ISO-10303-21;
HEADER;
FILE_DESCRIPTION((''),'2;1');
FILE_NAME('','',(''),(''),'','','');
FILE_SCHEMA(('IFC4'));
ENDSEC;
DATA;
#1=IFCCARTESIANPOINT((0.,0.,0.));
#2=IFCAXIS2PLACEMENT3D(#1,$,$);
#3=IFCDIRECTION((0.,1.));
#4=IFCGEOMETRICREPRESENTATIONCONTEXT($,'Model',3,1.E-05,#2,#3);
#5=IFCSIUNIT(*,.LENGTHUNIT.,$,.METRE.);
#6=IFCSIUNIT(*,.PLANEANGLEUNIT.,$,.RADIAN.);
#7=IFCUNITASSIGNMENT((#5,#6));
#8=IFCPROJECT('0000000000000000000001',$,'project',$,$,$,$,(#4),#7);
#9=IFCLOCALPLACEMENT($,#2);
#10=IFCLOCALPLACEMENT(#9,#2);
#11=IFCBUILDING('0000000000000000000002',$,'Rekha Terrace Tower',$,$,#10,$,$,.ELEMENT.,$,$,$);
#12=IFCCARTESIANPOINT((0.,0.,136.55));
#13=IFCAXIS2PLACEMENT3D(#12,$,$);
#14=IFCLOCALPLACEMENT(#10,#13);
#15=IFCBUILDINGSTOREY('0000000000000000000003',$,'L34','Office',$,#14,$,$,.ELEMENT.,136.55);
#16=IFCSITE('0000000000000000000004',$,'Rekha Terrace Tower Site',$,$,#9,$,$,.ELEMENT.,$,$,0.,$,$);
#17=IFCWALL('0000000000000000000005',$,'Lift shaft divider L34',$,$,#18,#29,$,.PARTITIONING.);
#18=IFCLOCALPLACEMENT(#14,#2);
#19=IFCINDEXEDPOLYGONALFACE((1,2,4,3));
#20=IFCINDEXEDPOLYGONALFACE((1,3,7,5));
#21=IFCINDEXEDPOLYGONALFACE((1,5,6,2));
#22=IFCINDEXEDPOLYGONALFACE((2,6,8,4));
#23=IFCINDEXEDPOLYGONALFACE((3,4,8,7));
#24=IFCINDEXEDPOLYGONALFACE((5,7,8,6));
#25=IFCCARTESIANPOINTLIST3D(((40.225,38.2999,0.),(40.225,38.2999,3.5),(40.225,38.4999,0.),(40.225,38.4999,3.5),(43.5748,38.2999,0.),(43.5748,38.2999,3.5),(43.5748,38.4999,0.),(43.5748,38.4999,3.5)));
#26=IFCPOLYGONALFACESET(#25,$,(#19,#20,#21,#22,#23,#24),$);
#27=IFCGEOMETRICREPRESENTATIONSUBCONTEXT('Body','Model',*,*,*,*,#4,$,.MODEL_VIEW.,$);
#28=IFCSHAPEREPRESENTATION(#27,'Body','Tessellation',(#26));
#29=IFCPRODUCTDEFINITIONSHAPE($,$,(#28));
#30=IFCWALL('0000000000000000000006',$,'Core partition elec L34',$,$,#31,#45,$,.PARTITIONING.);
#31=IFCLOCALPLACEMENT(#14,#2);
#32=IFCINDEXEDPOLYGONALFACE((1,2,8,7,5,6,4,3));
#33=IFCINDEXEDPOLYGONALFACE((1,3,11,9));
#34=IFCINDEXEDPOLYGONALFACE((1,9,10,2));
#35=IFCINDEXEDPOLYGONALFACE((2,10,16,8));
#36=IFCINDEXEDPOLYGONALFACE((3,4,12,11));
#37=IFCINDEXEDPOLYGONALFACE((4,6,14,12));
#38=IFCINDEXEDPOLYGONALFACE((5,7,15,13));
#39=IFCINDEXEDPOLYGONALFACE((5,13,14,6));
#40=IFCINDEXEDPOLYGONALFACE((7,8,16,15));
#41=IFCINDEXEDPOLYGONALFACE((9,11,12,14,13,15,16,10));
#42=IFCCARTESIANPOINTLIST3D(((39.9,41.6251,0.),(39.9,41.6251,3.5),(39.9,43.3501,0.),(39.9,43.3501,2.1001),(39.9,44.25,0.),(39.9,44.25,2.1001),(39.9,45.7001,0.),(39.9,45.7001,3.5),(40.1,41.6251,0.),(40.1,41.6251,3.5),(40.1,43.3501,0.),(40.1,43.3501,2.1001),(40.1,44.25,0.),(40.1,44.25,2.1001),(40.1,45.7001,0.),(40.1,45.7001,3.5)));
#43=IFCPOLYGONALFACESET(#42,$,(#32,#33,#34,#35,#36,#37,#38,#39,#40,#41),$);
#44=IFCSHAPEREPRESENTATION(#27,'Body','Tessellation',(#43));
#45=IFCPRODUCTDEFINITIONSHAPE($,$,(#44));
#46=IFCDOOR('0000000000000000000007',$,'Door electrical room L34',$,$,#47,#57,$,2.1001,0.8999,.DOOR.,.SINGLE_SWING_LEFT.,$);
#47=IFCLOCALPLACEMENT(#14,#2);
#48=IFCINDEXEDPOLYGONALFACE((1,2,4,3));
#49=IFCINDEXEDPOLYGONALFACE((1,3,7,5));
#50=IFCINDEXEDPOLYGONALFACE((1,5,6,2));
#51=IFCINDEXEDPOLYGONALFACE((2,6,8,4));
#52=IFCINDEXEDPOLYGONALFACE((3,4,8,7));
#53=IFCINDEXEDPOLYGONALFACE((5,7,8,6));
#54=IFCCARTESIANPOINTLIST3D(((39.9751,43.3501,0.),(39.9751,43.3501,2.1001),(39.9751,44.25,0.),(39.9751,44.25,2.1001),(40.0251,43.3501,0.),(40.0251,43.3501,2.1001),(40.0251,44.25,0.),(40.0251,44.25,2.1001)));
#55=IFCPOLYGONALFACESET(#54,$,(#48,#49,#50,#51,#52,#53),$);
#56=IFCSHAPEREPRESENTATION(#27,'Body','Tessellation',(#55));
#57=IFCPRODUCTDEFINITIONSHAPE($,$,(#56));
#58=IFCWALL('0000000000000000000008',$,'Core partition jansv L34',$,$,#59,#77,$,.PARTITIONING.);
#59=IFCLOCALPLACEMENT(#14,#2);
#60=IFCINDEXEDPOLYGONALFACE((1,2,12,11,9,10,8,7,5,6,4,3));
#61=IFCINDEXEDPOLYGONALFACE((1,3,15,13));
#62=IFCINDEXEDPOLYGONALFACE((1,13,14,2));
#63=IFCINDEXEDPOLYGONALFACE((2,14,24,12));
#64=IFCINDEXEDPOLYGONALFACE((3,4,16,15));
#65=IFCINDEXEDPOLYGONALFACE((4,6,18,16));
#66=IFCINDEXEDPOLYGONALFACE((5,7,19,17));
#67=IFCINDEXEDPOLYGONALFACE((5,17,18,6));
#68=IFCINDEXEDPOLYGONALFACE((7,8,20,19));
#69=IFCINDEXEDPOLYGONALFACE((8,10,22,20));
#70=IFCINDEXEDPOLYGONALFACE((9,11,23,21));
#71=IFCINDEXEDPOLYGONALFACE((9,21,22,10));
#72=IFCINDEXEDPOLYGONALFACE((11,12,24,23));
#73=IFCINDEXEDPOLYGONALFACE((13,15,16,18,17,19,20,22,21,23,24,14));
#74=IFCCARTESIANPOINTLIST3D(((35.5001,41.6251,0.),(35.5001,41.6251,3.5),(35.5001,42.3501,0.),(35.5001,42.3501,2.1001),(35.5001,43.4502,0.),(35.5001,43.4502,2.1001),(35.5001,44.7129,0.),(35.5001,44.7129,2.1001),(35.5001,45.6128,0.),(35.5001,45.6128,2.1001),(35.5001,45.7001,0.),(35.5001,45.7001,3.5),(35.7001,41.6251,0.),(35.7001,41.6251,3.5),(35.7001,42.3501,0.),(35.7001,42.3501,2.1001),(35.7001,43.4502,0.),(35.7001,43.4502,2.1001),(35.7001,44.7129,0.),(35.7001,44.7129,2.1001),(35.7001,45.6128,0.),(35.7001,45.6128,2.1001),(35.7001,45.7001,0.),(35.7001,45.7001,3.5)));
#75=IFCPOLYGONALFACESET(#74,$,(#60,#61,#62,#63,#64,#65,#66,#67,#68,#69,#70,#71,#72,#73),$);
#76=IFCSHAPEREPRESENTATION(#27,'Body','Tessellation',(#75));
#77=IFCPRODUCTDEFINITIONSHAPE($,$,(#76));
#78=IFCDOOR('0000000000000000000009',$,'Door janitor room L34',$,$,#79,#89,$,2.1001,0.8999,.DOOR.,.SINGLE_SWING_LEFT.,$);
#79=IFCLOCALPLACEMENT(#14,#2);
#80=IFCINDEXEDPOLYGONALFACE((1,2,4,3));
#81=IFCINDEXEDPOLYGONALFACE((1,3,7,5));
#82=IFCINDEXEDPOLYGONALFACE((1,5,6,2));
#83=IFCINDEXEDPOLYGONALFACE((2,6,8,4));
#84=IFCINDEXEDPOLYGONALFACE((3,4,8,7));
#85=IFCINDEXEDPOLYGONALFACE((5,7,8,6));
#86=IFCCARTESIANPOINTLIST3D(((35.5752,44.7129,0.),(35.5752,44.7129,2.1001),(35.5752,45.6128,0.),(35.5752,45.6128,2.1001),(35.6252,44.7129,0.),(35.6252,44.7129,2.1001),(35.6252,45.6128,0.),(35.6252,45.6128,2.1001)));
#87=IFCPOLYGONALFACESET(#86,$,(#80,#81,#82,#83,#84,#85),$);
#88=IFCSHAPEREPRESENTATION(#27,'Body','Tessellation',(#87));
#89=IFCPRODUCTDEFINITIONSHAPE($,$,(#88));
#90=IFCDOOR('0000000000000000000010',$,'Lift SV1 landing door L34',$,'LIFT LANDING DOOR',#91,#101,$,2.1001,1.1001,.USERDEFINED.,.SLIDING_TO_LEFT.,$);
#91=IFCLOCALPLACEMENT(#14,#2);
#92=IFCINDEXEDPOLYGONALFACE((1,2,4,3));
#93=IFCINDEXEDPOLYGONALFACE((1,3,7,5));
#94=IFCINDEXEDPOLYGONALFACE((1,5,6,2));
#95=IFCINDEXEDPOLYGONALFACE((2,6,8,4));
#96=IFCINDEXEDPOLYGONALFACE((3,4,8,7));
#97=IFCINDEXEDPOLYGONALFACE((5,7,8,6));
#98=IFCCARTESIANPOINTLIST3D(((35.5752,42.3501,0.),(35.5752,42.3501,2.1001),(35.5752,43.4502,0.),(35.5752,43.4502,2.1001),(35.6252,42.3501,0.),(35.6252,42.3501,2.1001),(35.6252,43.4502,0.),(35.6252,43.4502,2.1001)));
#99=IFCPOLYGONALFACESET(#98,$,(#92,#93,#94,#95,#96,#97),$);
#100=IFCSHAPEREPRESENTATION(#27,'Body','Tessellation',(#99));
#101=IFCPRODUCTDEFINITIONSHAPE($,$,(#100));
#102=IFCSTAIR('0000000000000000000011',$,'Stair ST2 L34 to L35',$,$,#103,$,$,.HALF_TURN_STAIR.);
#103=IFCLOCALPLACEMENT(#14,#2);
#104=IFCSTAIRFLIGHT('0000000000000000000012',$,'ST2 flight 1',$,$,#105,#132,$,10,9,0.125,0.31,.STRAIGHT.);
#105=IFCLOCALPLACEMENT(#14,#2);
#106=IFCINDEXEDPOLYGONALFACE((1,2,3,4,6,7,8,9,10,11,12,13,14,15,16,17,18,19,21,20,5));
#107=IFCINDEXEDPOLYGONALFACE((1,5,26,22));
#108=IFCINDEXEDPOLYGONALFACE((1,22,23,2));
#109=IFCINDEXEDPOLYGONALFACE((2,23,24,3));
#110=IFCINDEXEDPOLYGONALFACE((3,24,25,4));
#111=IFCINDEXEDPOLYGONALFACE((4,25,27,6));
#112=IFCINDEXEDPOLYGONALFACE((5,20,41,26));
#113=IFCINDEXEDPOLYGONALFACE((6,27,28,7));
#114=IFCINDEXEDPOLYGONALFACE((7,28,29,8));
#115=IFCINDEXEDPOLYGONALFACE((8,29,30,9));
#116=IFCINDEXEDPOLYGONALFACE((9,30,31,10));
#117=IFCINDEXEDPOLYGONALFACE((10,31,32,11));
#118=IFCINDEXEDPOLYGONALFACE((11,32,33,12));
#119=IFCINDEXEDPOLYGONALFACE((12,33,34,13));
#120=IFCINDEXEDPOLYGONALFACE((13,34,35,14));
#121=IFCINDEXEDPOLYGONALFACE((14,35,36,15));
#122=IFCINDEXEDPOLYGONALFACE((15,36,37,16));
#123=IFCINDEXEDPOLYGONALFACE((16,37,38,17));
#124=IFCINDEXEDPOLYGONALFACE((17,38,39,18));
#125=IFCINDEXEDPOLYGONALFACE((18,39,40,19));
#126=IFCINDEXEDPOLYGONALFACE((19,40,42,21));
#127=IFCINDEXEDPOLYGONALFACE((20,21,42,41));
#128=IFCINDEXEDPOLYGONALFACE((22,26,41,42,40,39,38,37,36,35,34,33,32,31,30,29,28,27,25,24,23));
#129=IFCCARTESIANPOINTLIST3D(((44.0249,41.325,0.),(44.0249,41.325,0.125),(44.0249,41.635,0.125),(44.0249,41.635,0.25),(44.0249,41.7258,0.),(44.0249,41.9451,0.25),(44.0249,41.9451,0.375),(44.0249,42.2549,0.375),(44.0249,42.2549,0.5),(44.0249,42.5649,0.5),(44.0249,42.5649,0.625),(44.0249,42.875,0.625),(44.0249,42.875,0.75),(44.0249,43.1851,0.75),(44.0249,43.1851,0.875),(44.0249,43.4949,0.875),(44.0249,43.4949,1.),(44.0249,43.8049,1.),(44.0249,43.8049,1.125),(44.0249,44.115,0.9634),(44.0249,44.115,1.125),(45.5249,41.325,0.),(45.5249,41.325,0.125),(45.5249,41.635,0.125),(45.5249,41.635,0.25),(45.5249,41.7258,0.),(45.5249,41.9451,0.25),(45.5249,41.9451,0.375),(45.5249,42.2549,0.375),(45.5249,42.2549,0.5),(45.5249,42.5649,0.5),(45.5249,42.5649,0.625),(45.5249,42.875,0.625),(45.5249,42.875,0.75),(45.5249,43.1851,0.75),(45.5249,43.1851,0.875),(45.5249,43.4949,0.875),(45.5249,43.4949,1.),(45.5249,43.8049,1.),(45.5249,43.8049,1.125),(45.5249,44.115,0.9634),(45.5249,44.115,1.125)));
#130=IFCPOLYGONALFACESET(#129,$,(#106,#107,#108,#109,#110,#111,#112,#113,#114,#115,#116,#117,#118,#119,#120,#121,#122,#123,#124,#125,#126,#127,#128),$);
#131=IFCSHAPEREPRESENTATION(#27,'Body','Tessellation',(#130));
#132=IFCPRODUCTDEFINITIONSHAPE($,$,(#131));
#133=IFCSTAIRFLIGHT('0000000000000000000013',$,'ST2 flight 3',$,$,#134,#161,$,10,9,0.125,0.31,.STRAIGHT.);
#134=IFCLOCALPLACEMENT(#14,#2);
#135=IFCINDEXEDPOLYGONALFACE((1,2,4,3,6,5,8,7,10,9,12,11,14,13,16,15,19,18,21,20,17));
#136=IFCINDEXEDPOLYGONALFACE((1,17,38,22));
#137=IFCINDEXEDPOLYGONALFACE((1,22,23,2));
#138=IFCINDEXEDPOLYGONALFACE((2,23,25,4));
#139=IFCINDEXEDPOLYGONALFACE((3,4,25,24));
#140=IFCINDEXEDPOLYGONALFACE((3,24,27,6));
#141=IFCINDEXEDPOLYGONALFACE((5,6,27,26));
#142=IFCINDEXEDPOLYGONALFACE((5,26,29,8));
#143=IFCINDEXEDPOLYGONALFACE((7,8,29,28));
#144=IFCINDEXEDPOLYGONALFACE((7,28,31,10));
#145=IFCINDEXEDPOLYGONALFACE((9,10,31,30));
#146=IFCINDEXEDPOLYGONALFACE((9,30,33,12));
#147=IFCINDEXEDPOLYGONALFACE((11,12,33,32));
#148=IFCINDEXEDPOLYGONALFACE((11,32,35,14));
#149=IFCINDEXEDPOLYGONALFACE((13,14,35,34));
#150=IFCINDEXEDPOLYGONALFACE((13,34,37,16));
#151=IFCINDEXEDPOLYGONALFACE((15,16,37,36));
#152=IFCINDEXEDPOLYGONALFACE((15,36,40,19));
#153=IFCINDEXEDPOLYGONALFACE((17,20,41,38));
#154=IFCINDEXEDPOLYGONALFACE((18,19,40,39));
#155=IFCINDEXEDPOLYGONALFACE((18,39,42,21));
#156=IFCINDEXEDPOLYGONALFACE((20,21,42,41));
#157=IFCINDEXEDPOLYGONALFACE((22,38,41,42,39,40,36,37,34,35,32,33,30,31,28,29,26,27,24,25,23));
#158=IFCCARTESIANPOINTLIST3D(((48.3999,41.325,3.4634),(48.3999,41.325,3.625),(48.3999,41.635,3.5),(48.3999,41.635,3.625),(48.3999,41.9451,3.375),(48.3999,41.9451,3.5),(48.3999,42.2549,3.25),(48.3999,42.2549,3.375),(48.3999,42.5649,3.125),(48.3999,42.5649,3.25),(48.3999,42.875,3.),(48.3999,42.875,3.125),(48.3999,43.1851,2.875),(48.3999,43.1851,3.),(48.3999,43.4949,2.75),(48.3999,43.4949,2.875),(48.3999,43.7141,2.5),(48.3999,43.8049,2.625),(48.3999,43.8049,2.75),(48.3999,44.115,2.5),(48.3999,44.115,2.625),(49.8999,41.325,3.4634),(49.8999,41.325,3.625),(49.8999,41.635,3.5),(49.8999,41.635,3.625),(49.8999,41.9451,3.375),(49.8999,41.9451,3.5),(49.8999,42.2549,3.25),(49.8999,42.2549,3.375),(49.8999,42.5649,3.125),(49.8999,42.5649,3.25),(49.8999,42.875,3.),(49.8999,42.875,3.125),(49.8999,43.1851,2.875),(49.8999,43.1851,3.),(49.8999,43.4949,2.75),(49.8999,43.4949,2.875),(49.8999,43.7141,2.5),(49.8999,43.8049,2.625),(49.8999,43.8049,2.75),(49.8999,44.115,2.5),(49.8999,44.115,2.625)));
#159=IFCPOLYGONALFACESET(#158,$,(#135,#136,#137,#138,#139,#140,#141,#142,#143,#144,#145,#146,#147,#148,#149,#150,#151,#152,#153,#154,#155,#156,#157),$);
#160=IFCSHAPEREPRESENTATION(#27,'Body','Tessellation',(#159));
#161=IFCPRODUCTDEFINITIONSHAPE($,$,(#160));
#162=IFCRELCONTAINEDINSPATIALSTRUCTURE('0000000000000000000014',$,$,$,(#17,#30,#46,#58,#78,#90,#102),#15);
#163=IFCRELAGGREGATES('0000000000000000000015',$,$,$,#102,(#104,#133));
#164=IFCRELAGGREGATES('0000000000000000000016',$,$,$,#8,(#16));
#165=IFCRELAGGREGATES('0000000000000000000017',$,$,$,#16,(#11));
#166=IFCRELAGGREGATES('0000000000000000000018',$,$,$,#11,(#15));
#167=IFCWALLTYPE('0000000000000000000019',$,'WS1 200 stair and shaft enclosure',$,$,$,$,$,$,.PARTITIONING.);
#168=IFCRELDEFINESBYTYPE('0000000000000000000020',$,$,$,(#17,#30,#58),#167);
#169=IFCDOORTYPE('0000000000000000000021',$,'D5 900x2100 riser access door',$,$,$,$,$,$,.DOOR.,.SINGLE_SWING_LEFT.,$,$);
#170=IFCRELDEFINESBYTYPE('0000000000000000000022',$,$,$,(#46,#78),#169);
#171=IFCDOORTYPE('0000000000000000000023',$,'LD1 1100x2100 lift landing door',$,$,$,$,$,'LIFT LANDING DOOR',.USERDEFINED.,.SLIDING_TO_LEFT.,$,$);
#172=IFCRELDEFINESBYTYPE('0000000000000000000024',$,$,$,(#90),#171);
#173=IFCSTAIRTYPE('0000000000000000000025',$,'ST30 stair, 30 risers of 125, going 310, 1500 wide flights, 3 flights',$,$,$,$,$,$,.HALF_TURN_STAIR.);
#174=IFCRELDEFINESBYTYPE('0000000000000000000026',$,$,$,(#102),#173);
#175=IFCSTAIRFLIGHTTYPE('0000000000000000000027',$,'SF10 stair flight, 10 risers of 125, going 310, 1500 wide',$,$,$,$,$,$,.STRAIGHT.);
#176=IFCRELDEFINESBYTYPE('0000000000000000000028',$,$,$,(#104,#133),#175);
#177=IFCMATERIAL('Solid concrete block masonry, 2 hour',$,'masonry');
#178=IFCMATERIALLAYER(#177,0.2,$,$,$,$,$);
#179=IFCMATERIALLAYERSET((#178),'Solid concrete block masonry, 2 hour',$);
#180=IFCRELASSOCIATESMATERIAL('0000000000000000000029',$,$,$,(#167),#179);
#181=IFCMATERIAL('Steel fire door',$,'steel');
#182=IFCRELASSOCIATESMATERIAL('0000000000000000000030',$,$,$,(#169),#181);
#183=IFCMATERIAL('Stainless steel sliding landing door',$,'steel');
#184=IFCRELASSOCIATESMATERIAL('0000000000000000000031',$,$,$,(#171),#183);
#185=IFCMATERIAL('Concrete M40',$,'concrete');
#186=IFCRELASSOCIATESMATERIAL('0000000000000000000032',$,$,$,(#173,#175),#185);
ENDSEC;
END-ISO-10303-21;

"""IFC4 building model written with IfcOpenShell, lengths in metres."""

from ifc_helpers import new_model, si_unit, direction, frame, frame_2d, origin, place, context, subcontext, project, spatial, polyline, rectangle, outline, extrude, material, layer, layer_set, type_object, element, fill, aggregate, save


model = new_model("IFC4")

# Units and contexts
model_context = context("Model", 3, precision=1e-05, world=origin(), true_north=direction((0.0, 1.0)))
body_context = subcontext(model_context, "Body", "Model", "MODEL_VIEW")
ifc_project = project(units=[si_unit("LENGTHUNIT", "METRE"), si_unit("PLANEANGLEUNIT", "RADIAN")], contexts=[model_context])

# Site, building, storey
site_placement = place(None, origin())
site = spatial("IfcSite", under=ifc_project, at=site_placement, Name="Rekha Terrace Tower Site", CompositionType="ELEMENT", RefElevation=0.0)
building_placement = place(site_placement, origin())
building = spatial("IfcBuilding", under=site, at=building_placement, Name="Rekha Terrace Tower", CompositionType="ELEMENT")
storey_placement = place(building_placement, frame((0.0, 0.0, 136.55)))
storey = spatial("IfcBuildingStorey", under=building, at=storey_placement, Name="L34", Description="Office", CompositionType="ELEMENT", Elevation=136.55)

# Shared definitions
ifc_material_1 = material(Name="Stainless steel sliding landing door", Category="steel")
ifc_material_2 = material(Name="Steel fire door", Category="steel")

# Wall
ifc_material_3 = material(Name="Solid concrete block masonry, 2 hour", Category="masonry")
ifc_layer_1 = layer(ifc_material_3, 0.2)
ifc_layer_set_1 = layer_set([ifc_layer_1], Name="Solid concrete block masonry, 2 hour")
wall_type_1 = type_object("IfcWallType", Name="WS1 200 stair and shaft enclosure", PredefinedType="PARTITIONING", material=ifc_layer_set_1)
for number, where, z_axis, x_axis, name in (
    (1, (40.2251, 38.3999, 0.0), (0.0, 0.0, 1.0), (1.0, 0.0, 0.0), "Lift shaft divider L34"),
):
    element("IfcWall", number, at=place(storey_placement, frame(where, z_axis=z_axis, x_axis=x_axis)), inside=storey, type_object=wall_type_1, Name=name, PredefinedType="PARTITIONING", context=body_context, shape_type="SweptSolid", body=[
        extrude(rectangle(XDim=3.3499, YDim=0.2, at=frame_2d((1.6748, 0.0))), origin(), (0.0, 0.0, 1.0), 3.5),
    ])

# Wall, opening, door
wall_1_placement = place(storey_placement, frame((40.0, 41.625, 0.0), z_axis=(0.0, 0.0, 1.0), x_axis=(0.0, 1.0, 0.0)))
wall_1 = element("IfcWall", 2, at=wall_1_placement, inside=storey, type_object=wall_type_1, Name="Core partition elec L34", PredefinedType="PARTITIONING", context=body_context, shape_type="SweptSolid", body=[
    extrude(rectangle(XDim=4.075, YDim=0.2, at=frame_2d((2.0376, 0.0))), origin(), (0.0, 0.0, 1.0), 3.5),
])
opening_1_placement = place(wall_1_placement, frame((1.7251, 0.0, 0.0)))
opening_1 = element("IfcOpeningElement", 3, at=opening_1_placement, cuts=wall_1, PredefinedType="OPENING", context=body_context, shape_type="SweptSolid", body=[
    extrude(rectangle(XDim=0.8999, YDim=2.1001, at=frame_2d((0.45, 1.05))), frame((0.0, 0.1099, 0.0), z_axis=(0.0, -1.0, 0.0), x_axis=(1.0, 0.0, 0.0)), (0.0, 0.0, 1.0), 0.22),
])
door_type_1 = type_object("IfcDoorType", Name="D5 900x2100 riser access door", OperationType="SINGLE_SWING_LEFT", PredefinedType="DOOR", material=ifc_material_2)
door_1_placement = place(opening_1_placement, origin())
door_1 = element("IfcDoor", 4, at=door_1_placement, inside=storey, type_object=door_type_1, Name="Door electrical room L34", OperationType="SINGLE_SWING_LEFT", OverallHeight=2.1001, OverallWidth=0.8999, PredefinedType="DOOR", context=body_context, shape_type="SweptSolid", body=[
    extrude(rectangle(XDim=0.8999, YDim=2.1001, at=frame_2d((0.45, 1.05))), frame((0.0, 0.0249, 0.0), z_axis=(0.0, -1.0, 0.0), x_axis=(1.0, 0.0, 0.0)), (0.0, 0.0, 1.0), 0.05),
])
fill(opening_1, door_1)

# Wall, openings, doors
wall_2_placement = place(storey_placement, frame((35.6001, 41.625, 0.0), z_axis=(0.0, 0.0, 1.0), x_axis=(0.0, 1.0, 0.0)))
wall_2 = element("IfcWall", 5, at=wall_2_placement, inside=storey, type_object=wall_type_1, Name="Core partition jansv L34", PredefinedType="PARTITIONING", context=body_context, shape_type="SweptSolid", body=[
    extrude(rectangle(XDim=4.075, YDim=0.2, at=frame_2d((2.0376, 0.0))), origin(), (0.0, 0.0, 1.0), 3.5),
])
opening_2_placement = place(wall_2_placement, frame((3.0879, 0.0, 0.0)))
opening_2 = element("IfcOpeningElement", 6, at=opening_2_placement, cuts=wall_2, PredefinedType="OPENING", context=body_context, shape_type="SweptSolid", body=[
    extrude(rectangle(XDim=0.8999, YDim=2.1001, at=frame_2d((0.45, 1.05))), frame((0.0, 0.1099, 0.0), z_axis=(0.0, -1.0, 0.0), x_axis=(1.0, 0.0, 0.0)), (0.0, 0.0, 1.0), 0.22),
])
opening_3_placement = place(wall_2_placement, frame((0.7251, 0.0, 0.0)))
opening_3 = element("IfcOpeningElement", 7, at=opening_3_placement, cuts=wall_2, PredefinedType="OPENING", context=body_context, shape_type="SweptSolid", body=[
    extrude(rectangle(XDim=1.1001, YDim=2.1001, at=frame_2d((0.55, 1.05))), frame((0.0, 0.1099, 0.0), z_axis=(0.0, -1.0, 0.0), x_axis=(1.0, 0.0, 0.0)), (0.0, 0.0, 1.0), 0.22),
])
door_2_placement = place(opening_2_placement, origin())
door_2 = element("IfcDoor", 8, at=door_2_placement, inside=storey, type_object=door_type_1, Name="Door janitor room L34", OperationType="SINGLE_SWING_LEFT", OverallHeight=2.1001, OverallWidth=0.8999, PredefinedType="DOOR", context=body_context, shape_type="SweptSolid", body=[
    extrude(rectangle(XDim=0.8999, YDim=2.1001, at=frame_2d((0.45, 1.05))), frame((0.0, 0.0249, 0.0), z_axis=(0.0, -1.0, 0.0), x_axis=(1.0, 0.0, 0.0)), (0.0, 0.0, 1.0), 0.05),
])
fill(opening_2, door_2)
door_type_2 = type_object("IfcDoorType", Name="LD1 1100x2100 lift landing door", ElementType="LIFT LANDING DOOR", OperationType="SLIDING_TO_LEFT", PredefinedType="USERDEFINED", material=ifc_material_1)
door_3_placement = place(opening_3_placement, origin())
door_3 = element("IfcDoor", 9, at=door_3_placement, inside=storey, type_object=door_type_2, Name="Lift SV1 landing door L34", ObjectType="LIFT LANDING DOOR", OperationType="SLIDING_TO_LEFT", OverallHeight=2.1001, OverallWidth=1.1001, PredefinedType="USERDEFINED", context=body_context, shape_type="SweptSolid", body=[
    extrude(rectangle(XDim=1.1001, YDim=2.1001, at=frame_2d((0.55, 1.05))), frame((0.0, 0.0249, 0.0), z_axis=(0.0, -1.0, 0.0), x_axis=(1.0, 0.0, 0.0)), (0.0, 0.0, 1.0), 0.05),
])
fill(opening_3, door_3)

# Stair, stair flights
ifc_material_4 = material(Name="Concrete M40", Category="concrete")
stair_type = type_object("IfcStairType", Name="ST30 stair, 30 risers of 125, going 310, 1500 wide flights, 3 flights", PredefinedType="HALF_TURN_STAIR", material=ifc_material_4)
stair_1_placement = place(storey_placement, origin())
stair_1 = element("IfcStair", 10, at=stair_1_placement, inside=storey, type_object=stair_type, Name="Stair ST2 L34 to L35", PredefinedType="HALF_TURN_STAIR")
stair_flight_type = type_object("IfcStairFlightType", Name="SF10 stair flight, 10 risers of 125, going 310, 1500 wide", PredefinedType="STRAIGHT", material=ifc_material_4)
stair_flight_1_placement = place(storey_placement, frame((44.7749, 41.325, 0.0), z_axis=(0.0, 0.0, 1.0), x_axis=(0.0, 1.0, 0.0)))
stair_flight_1 = element("IfcStairFlight", 11, at=stair_flight_1_placement, type_object=stair_flight_type, Name="ST2 flight 1", NumberOfRisers=10, NumberOfTreads=9, PredefinedType="STRAIGHT", RiserHeight=0.125, TreadLength=0.31, context=body_context, shape_type="SweptSolid", body=[
    extrude(outline(polyline([(0.0, 0.0), (0.0, 0.125), (0.3101, 0.125), (0.3101, 0.25), (0.6201, 0.25), (0.6201, 0.375), (0.9299, 0.375), (0.9299, 0.5), (1.24, 0.5), (1.24, 0.625), (1.55, 0.625), (1.55, 0.75), (1.8601, 0.75), (1.8601, 0.875), (2.1699, 0.875), (2.1699, 1.0), (2.48, 1.0), (2.48, 1.125), (2.79, 1.125), (2.79, 1.25), (2.79, 0.9634), (0.4009, 0.0), (0.0, 0.0)])), frame((0.0, 0.75, 0.0), z_axis=(0.0, -1.0, 0.0), x_axis=(1.0, 0.0, 0.0)), (0.0, 0.0, 1.0), 1.5),
])
stair_flight_2_placement = place(storey_placement, frame((49.1499, 44.115, 2.5), z_axis=(0.0, 0.0, 1.0), x_axis=(0.0, -1.0, 0.0)))
stair_flight_2 = element("IfcStairFlight", 12, at=stair_flight_2_placement, type_object=stair_flight_type, Name="ST2 flight 3", NumberOfRisers=10, NumberOfTreads=9, PredefinedType="STRAIGHT", RiserHeight=0.125, TreadLength=0.31, context=body_context, shape_type="SweptSolid", body=[
    extrude(outline(polyline([(0.0, 0.0), (0.0, 0.125), (0.3101, 0.125), (0.3101, 0.25), (0.6201, 0.25), (0.6201, 0.375), (0.9299, 0.375), (0.9299, 0.5), (1.24, 0.5), (1.24, 0.625), (1.55, 0.625), (1.55, 0.75), (1.8601, 0.75), (1.8601, 0.875), (2.1699, 0.875), (2.1699, 1.0), (2.48, 1.0), (2.48, 1.125), (2.79, 1.125), (2.79, 1.25), (2.79, 0.9634), (0.4009, 0.0), (0.0, 0.0)])), frame((0.0, 0.75, 0.0), z_axis=(0.0, -1.0, 0.0), x_axis=(1.0, 0.0, 0.0)), (0.0, 0.0, 1.0), 1.5),
])
aggregate(stair_1, [stair_flight_1, stair_flight_2])

save(model, "model.ifc")
